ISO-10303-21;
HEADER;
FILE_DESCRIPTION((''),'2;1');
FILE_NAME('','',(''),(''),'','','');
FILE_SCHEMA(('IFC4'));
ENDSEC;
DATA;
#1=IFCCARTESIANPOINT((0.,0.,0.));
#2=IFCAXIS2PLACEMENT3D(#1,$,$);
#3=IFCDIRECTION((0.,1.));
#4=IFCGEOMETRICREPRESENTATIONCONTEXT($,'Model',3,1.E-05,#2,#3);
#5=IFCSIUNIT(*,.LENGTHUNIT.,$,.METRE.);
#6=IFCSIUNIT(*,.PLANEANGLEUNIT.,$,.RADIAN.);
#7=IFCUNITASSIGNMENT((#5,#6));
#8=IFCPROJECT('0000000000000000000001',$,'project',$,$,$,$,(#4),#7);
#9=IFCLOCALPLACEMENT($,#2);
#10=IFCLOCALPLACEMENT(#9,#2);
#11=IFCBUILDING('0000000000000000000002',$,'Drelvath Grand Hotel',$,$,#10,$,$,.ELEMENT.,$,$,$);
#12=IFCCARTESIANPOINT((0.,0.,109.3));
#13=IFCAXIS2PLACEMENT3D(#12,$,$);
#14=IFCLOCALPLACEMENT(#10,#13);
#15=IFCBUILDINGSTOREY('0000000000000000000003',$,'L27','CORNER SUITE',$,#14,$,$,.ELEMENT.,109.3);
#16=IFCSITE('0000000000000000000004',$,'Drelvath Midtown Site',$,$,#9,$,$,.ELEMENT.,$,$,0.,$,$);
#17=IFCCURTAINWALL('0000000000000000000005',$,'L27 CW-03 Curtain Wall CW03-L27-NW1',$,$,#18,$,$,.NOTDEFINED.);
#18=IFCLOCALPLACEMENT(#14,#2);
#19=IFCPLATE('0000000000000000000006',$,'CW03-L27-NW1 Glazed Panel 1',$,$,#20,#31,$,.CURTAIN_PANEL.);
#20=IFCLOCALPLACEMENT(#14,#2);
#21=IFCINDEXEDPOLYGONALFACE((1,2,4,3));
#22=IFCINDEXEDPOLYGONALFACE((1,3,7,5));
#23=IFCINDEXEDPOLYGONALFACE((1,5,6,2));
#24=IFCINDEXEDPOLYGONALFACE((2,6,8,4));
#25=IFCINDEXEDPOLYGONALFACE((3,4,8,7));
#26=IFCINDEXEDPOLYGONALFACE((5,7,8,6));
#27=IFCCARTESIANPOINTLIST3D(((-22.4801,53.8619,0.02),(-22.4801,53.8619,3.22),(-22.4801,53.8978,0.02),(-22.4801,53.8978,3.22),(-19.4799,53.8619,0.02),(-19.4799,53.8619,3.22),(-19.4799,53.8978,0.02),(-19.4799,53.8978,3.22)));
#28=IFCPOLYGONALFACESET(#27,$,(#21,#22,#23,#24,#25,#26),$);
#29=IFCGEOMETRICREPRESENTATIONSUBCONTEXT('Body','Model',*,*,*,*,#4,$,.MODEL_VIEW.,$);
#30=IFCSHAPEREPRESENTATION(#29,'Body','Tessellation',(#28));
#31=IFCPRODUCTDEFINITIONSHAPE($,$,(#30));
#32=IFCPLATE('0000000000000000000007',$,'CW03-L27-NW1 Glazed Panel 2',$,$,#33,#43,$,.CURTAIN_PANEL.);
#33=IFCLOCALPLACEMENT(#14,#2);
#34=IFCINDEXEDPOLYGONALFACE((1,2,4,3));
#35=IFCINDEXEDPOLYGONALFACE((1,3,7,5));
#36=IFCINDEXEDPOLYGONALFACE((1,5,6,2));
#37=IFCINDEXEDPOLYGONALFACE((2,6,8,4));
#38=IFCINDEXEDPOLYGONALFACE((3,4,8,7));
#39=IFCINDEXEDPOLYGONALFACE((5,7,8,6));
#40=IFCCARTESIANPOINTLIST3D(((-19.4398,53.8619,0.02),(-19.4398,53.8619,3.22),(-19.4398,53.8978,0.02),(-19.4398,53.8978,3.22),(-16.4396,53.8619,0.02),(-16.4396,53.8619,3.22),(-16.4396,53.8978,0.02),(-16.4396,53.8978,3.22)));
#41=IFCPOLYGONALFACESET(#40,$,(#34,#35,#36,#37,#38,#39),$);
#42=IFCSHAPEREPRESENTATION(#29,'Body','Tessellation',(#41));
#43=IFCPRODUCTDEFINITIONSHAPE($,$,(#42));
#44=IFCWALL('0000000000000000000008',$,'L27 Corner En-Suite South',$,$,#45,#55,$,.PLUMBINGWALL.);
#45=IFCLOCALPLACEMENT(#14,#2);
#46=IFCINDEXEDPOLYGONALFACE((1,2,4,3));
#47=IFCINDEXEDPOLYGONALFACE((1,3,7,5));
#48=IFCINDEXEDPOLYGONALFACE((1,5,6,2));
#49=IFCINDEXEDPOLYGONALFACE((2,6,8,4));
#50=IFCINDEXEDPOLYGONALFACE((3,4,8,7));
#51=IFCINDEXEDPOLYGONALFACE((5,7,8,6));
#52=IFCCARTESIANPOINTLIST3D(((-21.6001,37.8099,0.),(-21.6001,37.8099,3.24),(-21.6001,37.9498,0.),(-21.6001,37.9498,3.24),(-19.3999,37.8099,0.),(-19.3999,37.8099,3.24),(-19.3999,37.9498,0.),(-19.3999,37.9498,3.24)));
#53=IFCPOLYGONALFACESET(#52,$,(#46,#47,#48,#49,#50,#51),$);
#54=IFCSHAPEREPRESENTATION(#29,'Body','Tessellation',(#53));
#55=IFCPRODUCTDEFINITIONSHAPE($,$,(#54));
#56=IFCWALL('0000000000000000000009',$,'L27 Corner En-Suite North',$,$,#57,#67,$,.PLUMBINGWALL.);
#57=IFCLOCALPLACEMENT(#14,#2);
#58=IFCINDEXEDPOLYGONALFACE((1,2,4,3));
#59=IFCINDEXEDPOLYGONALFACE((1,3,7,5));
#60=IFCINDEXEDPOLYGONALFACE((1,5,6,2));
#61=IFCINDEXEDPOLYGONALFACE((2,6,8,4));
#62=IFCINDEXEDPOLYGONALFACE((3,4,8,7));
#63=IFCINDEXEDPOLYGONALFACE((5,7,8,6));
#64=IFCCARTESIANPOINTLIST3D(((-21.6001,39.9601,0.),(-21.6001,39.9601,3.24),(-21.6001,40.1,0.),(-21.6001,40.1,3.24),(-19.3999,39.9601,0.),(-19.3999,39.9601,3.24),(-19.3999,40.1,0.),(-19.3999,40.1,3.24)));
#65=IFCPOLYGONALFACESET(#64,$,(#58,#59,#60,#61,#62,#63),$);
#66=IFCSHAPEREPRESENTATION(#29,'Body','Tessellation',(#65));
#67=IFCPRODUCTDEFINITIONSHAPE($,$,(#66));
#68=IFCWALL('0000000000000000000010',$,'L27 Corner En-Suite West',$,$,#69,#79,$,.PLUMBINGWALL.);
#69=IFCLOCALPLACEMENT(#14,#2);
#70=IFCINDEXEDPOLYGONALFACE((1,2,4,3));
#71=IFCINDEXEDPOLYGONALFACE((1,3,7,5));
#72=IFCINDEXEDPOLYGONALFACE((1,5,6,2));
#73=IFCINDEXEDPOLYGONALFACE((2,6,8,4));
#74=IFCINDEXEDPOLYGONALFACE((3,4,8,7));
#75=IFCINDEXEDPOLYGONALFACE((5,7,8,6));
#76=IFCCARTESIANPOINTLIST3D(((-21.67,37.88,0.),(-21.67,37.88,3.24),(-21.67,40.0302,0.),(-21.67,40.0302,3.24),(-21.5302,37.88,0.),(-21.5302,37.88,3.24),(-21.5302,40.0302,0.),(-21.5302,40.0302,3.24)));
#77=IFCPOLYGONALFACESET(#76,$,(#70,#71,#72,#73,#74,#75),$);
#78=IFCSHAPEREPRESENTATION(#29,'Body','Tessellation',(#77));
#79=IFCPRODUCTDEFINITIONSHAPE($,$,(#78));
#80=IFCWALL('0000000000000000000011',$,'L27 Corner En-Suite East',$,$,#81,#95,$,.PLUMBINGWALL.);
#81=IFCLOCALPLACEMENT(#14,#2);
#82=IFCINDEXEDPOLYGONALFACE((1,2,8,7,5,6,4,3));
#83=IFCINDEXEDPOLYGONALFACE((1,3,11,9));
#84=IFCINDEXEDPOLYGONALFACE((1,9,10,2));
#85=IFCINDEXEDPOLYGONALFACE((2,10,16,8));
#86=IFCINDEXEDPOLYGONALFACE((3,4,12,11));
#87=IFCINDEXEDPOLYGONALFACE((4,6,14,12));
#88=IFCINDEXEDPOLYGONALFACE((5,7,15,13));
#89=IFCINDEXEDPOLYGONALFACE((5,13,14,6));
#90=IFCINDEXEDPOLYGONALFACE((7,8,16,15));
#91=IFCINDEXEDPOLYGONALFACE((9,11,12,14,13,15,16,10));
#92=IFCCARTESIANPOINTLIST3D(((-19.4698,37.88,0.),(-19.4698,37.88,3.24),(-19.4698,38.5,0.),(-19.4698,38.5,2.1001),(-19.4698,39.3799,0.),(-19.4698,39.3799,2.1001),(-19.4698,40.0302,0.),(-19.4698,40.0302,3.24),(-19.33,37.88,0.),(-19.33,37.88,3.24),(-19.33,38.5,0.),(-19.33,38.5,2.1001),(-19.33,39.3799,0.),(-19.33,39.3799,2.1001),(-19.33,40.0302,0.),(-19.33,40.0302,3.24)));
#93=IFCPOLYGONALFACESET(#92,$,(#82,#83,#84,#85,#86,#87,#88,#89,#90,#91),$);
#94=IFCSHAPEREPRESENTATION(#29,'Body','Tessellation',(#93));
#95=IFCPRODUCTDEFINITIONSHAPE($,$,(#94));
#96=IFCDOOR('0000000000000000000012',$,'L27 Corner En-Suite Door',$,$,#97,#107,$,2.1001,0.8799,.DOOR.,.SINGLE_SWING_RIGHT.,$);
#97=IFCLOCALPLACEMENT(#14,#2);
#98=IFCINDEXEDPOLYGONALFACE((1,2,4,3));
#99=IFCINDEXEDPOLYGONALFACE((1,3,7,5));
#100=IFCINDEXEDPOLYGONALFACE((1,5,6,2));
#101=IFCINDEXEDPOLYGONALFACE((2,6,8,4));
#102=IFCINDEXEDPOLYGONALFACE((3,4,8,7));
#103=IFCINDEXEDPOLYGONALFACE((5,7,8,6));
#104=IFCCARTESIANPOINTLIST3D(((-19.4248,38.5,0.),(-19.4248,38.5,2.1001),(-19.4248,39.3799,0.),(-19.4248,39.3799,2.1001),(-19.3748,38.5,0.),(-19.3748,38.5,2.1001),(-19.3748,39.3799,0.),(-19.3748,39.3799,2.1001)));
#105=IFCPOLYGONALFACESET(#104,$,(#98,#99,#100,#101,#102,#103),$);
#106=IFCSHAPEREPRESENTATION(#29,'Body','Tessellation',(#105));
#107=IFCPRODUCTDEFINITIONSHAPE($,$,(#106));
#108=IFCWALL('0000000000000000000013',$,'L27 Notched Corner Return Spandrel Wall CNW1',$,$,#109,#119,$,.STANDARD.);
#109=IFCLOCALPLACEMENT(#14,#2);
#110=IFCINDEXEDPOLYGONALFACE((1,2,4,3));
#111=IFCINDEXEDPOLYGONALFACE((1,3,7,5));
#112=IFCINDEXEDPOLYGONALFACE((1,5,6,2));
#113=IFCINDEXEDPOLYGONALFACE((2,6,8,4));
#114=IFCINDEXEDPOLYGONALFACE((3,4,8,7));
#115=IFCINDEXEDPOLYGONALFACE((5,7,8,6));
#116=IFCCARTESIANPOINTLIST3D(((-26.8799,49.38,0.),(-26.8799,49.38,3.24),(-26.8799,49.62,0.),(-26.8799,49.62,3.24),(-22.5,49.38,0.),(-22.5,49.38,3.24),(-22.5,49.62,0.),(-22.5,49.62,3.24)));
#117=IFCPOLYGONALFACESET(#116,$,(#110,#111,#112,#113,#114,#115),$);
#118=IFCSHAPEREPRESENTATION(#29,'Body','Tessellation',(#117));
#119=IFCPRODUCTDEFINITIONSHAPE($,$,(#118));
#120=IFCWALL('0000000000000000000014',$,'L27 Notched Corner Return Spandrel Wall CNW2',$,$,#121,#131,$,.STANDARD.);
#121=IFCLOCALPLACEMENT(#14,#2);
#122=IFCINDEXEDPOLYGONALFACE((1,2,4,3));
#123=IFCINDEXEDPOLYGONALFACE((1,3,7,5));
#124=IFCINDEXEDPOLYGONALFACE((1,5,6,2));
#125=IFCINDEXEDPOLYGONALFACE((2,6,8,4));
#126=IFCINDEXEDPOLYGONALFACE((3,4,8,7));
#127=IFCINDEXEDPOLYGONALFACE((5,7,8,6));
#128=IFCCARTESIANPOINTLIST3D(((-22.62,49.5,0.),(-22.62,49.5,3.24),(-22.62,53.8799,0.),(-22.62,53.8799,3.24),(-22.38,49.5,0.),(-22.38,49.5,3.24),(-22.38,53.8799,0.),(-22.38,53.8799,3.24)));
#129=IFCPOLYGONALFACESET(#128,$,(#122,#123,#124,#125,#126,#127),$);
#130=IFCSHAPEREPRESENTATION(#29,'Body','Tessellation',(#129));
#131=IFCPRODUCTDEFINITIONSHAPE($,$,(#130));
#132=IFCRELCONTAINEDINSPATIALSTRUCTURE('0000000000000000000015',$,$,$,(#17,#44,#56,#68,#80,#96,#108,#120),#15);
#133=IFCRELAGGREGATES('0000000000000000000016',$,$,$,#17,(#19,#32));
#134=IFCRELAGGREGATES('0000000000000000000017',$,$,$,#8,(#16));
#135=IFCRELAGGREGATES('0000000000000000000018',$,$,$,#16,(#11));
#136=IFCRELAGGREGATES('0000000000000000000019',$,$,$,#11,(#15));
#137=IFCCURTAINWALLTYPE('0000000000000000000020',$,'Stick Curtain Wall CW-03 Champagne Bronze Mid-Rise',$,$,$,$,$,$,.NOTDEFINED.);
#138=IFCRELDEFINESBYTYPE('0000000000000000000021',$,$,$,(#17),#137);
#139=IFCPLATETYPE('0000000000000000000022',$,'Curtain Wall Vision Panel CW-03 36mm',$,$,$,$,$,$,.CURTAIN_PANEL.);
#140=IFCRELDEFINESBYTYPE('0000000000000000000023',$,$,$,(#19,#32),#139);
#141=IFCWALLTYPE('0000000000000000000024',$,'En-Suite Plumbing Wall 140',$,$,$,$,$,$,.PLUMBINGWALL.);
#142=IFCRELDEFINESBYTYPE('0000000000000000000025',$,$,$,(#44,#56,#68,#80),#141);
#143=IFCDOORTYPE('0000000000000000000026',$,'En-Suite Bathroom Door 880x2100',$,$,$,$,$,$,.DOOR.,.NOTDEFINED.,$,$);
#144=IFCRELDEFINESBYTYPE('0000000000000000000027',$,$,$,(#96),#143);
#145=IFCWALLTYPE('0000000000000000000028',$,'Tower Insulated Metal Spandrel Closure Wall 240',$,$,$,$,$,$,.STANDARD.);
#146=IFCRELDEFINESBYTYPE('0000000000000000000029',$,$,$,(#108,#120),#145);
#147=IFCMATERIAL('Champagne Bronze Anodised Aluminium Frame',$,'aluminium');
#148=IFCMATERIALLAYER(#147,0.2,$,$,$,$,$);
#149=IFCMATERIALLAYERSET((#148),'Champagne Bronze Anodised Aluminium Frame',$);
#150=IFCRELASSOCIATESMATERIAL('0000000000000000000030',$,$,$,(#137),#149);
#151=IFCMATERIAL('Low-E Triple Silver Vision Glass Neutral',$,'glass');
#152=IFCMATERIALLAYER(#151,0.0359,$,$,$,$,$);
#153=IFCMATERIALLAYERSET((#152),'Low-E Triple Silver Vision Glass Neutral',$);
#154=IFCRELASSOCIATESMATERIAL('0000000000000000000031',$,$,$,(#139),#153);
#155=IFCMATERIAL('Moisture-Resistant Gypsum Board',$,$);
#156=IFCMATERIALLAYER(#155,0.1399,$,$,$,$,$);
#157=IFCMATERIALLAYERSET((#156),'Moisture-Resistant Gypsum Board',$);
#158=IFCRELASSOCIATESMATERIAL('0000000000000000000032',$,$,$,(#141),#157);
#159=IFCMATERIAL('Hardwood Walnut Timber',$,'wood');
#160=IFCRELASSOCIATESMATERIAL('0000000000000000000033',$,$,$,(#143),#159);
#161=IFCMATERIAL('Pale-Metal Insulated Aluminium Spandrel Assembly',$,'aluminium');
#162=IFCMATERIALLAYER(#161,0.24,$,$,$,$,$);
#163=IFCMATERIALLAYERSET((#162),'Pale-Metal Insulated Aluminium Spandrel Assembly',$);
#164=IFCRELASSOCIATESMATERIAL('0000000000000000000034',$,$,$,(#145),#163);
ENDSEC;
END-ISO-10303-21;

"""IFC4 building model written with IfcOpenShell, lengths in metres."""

from ifc_helpers import new_model, si_unit, direction, frame, frame_2d, origin, origin_2d, place, context, subcontext, project, spatial, rectangle, extrude, material, layer, layer_set, type_object, element, fill, aggregate, save


model = new_model("IFC4")

# Units and contexts
model_context = context("Model", 3, precision=1e-05, world=origin(), true_north=direction((0.0, 1.0)))
body_context = subcontext(model_context, "Body", "Model", "MODEL_VIEW")
ifc_project = project(units=[si_unit("LENGTHUNIT", "METRE"), si_unit("PLANEANGLEUNIT", "RADIAN")], contexts=[model_context])

# Site, building, storey
site_placement = place(None, origin())
site = spatial("IfcSite", under=ifc_project, at=site_placement, Name="Drelvath Midtown Site", CompositionType="ELEMENT", RefElevation=0.0)
building_placement = place(site_placement, origin())
building = spatial("IfcBuilding", under=site, at=building_placement, Name="Drelvath Grand Hotel", CompositionType="ELEMENT")
storey_placement = place(building_placement, frame((0.0, 0.0, 109.3)))
storey = spatial("IfcBuildingStorey", under=building, at=storey_placement, Name="L27", Description="CORNER SUITE", CompositionType="ELEMENT", Elevation=109.3)

# Curtain wall
ifc_material_1 = material(Name="Champagne Bronze Anodised Aluminium Frame", Category="aluminium")
ifc_layer_1 = layer(ifc_material_1, 0.2)
ifc_layer_set_1 = layer_set([ifc_layer_1], Name="Champagne Bronze Anodised Aluminium Frame")
curtain_wall_type = type_object("IfcCurtainWallType", Name="Stick Curtain Wall CW-03 Champagne Bronze Mid-Rise", PredefinedType="NOTDEFINED", material=ifc_layer_set_1)
curtain_wall_1_placement = place(storey_placement, origin())
curtain_wall_1 = element("IfcCurtainWall", 1, at=curtain_wall_1_placement, inside=storey, type_object=curtain_wall_type, Name="L27 CW-03 Curtain Wall CW03-L27-NW1", PredefinedType="NOTDEFINED")

# Plates
ifc_material_2 = material(Name="Low-E Triple Silver Vision Glass Neutral", Category="glass")
ifc_layer_2 = layer(ifc_material_2, 0.0359)
ifc_layer_set_2 = layer_set([ifc_layer_2], Name="Low-E Triple Silver Vision Glass Neutral")
plate_type = type_object("IfcPlateType", Name="Curtain Wall Vision Panel CW-03 36mm", PredefinedType="CURTAIN_PANEL", material=ifc_layer_set_2)
plate_1_placement = place(storey_placement, frame((-20.98, 53.8799, 0.02), z_axis=(0.0, 0.0, 1.0), x_axis=(1.0, 0.0, 0.0)))
plate_1 = element("IfcPlate", 2, at=plate_1_placement, type_object=plate_type, Name="CW03-L27-NW1 Glazed Panel 1", PredefinedType="CURTAIN_PANEL", context=body_context, shape_type="SweptSolid", body=[
    extrude(rectangle(XDim=3.0002, YDim=0.0359, at=origin_2d()), origin(), (0.0, 0.0, 1.0), 3.2),
])
plate_2_placement = place(storey_placement, frame((-17.9397, 53.8799, 0.02), z_axis=(0.0, 0.0, 1.0), x_axis=(1.0, 0.0, 0.0)))
plate_2 = element("IfcPlate", 3, at=plate_2_placement, type_object=plate_type, Name="CW03-L27-NW1 Glazed Panel 2", PredefinedType="CURTAIN_PANEL", context=body_context, shape_type="SweptSolid", body=[
    extrude(rectangle(XDim=3.0002, YDim=0.0359, at=origin_2d()), origin(), (0.0, 0.0, 1.0), 3.2),
])
aggregate(curtain_wall_1, [plate_1, plate_2])

# Walls
ifc_material_3 = material(Name="Moisture-Resistant Gypsum Board")
ifc_layer_3 = layer(ifc_material_3, 0.1399)
ifc_layer_set_3 = layer_set([ifc_layer_3], Name="Moisture-Resistant Gypsum Board")
wall_type_1 = type_object("IfcWallType", Name="En-Suite Plumbing Wall 140", PredefinedType="PLUMBINGWALL", material=ifc_layer_set_3)
for number, where, z_axis, x_axis, name in (
    (4, (-21.6001, 37.8799, 0.0), (0.0, 0.0, 1.0), (1.0, 0.0, 0.0), "L27 Corner En-Suite South"),
    (5, (-21.6001, 40.03, 0.0), (0.0, 0.0, 1.0), (1.0, 0.0, 0.0), "L27 Corner En-Suite North"),
):
    element("IfcWall", number, at=place(storey_placement, frame(where, z_axis=z_axis, x_axis=x_axis)), inside=storey, type_object=wall_type_1, Name=name, PredefinedType="PLUMBINGWALL", context=body_context, shape_type="SweptSolid", body=[
        extrude(rectangle(XDim=2.2002, YDim=0.1399, at=frame_2d((1.1001, 0.0))), origin(), (0.0, 0.0, 1.0), 3.24),
    ])
wall_1_placement = place(storey_placement, frame((-21.6001, 37.8799, 0.0), z_axis=(0.0, 0.0, 1.0), x_axis=(0.0, 1.0, 0.0)))
element("IfcWall", 6, at=wall_1_placement, inside=storey, type_object=wall_type_1, Name="L27 Corner En-Suite West", PredefinedType="PLUMBINGWALL", context=body_context, shape_type="SweptSolid", body=[
    extrude(rectangle(XDim=2.1501, YDim=0.1399, at=frame_2d((1.0752, 0.0))), origin(), (0.0, 0.0, 1.0), 3.24),
])

# Wall, opening, door
wall_2_placement = place(storey_placement, frame((-19.3999, 37.8799, 0.0), z_axis=(0.0, 0.0, 1.0), x_axis=(0.0, 1.0, 0.0)))
wall_2 = element("IfcWall", 7, at=wall_2_placement, inside=storey, type_object=wall_type_1, Name="L27 Corner En-Suite East", PredefinedType="PLUMBINGWALL", context=body_context, shape_type="SweptSolid", body=[
    extrude(rectangle(XDim=2.1501, YDim=0.1399, at=frame_2d((1.0752, 0.0))), origin(), (0.0, 0.0, 1.0), 3.24),
])
opening_placement = place(wall_2_placement, frame((0.6201, 0.0, 0.0)))
opening = element("IfcOpeningElement", 8, at=opening_placement, cuts=wall_2, PredefinedType="OPENING", context=body_context, shape_type="SweptSolid", body=[
    extrude(rectangle(XDim=0.8799, YDim=2.1001, at=frame_2d((0.4399, 1.05))), frame((0.0, 0.0798, 0.0), z_axis=(0.0, -1.0, 0.0), x_axis=(1.0, 0.0, 0.0)), (0.0, 0.0, 1.0), 0.1599),
])
ifc_material_4 = material(Name="Hardwood Walnut Timber", Category="wood")
door_type = type_object("IfcDoorType", Name="En-Suite Bathroom Door 880x2100", OperationType="NOTDEFINED", PredefinedType="DOOR", material=ifc_material_4)
door_placement = place(opening_placement, origin())
door = element("IfcDoor", 9, at=door_placement, inside=storey, type_object=door_type, Name="L27 Corner En-Suite Door", OperationType="SINGLE_SWING_RIGHT", OverallHeight=2.1001, OverallWidth=0.8799, PredefinedType="DOOR", context=body_context, shape_type="SweptSolid", body=[
    extrude(rectangle(XDim=0.8799, YDim=2.1001, at=frame_2d((0.4399, 1.05))), frame((0.0, 0.0249, 0.0), z_axis=(0.0, -1.0, 0.0), x_axis=(1.0, 0.0, 0.0)), (0.0, 0.0, 1.0), 0.05),
])
fill(opening, door)

# Walls
ifc_material_5 = material(Name="Pale-Metal Insulated Aluminium Spandrel Assembly", Category="aluminium")
ifc_layer_4 = layer(ifc_material_5, 0.24)
ifc_layer_set_4 = layer_set([ifc_layer_4], Name="Pale-Metal Insulated Aluminium Spandrel Assembly")
wall_type_2 = type_object("IfcWallType", Name="Tower Insulated Metal Spandrel Closure Wall 240", PredefinedType="STANDARD", material=ifc_layer_set_4)
for number, where, z_axis, x_axis, name in (
    (10, (-26.8799, 49.5, 0.0), (0.0, 0.0, 1.0), (1.0, 0.0, 0.0), "L27 Notched Corner Return Spandrel Wall CNW1"),
    (11, (-22.5, 49.5, 0.0), (0.0, 0.0, 1.0), (0.0, 1.0, 0.0), "L27 Notched Corner Return Spandrel Wall CNW2"),
):
    element("IfcWall", number, at=place(storey_placement, frame(where, z_axis=z_axis, x_axis=x_axis)), inside=storey, type_object=wall_type_2, Name=name, PredefinedType="STANDARD", context=body_context, shape_type="SweptSolid", body=[
        extrude(rectangle(XDim=4.3799, YDim=0.24, at=frame_2d((2.1899, 0.0))), origin(), (0.0, 0.0, 1.0), 3.24),
    ])

save(model, "model.ifc")
